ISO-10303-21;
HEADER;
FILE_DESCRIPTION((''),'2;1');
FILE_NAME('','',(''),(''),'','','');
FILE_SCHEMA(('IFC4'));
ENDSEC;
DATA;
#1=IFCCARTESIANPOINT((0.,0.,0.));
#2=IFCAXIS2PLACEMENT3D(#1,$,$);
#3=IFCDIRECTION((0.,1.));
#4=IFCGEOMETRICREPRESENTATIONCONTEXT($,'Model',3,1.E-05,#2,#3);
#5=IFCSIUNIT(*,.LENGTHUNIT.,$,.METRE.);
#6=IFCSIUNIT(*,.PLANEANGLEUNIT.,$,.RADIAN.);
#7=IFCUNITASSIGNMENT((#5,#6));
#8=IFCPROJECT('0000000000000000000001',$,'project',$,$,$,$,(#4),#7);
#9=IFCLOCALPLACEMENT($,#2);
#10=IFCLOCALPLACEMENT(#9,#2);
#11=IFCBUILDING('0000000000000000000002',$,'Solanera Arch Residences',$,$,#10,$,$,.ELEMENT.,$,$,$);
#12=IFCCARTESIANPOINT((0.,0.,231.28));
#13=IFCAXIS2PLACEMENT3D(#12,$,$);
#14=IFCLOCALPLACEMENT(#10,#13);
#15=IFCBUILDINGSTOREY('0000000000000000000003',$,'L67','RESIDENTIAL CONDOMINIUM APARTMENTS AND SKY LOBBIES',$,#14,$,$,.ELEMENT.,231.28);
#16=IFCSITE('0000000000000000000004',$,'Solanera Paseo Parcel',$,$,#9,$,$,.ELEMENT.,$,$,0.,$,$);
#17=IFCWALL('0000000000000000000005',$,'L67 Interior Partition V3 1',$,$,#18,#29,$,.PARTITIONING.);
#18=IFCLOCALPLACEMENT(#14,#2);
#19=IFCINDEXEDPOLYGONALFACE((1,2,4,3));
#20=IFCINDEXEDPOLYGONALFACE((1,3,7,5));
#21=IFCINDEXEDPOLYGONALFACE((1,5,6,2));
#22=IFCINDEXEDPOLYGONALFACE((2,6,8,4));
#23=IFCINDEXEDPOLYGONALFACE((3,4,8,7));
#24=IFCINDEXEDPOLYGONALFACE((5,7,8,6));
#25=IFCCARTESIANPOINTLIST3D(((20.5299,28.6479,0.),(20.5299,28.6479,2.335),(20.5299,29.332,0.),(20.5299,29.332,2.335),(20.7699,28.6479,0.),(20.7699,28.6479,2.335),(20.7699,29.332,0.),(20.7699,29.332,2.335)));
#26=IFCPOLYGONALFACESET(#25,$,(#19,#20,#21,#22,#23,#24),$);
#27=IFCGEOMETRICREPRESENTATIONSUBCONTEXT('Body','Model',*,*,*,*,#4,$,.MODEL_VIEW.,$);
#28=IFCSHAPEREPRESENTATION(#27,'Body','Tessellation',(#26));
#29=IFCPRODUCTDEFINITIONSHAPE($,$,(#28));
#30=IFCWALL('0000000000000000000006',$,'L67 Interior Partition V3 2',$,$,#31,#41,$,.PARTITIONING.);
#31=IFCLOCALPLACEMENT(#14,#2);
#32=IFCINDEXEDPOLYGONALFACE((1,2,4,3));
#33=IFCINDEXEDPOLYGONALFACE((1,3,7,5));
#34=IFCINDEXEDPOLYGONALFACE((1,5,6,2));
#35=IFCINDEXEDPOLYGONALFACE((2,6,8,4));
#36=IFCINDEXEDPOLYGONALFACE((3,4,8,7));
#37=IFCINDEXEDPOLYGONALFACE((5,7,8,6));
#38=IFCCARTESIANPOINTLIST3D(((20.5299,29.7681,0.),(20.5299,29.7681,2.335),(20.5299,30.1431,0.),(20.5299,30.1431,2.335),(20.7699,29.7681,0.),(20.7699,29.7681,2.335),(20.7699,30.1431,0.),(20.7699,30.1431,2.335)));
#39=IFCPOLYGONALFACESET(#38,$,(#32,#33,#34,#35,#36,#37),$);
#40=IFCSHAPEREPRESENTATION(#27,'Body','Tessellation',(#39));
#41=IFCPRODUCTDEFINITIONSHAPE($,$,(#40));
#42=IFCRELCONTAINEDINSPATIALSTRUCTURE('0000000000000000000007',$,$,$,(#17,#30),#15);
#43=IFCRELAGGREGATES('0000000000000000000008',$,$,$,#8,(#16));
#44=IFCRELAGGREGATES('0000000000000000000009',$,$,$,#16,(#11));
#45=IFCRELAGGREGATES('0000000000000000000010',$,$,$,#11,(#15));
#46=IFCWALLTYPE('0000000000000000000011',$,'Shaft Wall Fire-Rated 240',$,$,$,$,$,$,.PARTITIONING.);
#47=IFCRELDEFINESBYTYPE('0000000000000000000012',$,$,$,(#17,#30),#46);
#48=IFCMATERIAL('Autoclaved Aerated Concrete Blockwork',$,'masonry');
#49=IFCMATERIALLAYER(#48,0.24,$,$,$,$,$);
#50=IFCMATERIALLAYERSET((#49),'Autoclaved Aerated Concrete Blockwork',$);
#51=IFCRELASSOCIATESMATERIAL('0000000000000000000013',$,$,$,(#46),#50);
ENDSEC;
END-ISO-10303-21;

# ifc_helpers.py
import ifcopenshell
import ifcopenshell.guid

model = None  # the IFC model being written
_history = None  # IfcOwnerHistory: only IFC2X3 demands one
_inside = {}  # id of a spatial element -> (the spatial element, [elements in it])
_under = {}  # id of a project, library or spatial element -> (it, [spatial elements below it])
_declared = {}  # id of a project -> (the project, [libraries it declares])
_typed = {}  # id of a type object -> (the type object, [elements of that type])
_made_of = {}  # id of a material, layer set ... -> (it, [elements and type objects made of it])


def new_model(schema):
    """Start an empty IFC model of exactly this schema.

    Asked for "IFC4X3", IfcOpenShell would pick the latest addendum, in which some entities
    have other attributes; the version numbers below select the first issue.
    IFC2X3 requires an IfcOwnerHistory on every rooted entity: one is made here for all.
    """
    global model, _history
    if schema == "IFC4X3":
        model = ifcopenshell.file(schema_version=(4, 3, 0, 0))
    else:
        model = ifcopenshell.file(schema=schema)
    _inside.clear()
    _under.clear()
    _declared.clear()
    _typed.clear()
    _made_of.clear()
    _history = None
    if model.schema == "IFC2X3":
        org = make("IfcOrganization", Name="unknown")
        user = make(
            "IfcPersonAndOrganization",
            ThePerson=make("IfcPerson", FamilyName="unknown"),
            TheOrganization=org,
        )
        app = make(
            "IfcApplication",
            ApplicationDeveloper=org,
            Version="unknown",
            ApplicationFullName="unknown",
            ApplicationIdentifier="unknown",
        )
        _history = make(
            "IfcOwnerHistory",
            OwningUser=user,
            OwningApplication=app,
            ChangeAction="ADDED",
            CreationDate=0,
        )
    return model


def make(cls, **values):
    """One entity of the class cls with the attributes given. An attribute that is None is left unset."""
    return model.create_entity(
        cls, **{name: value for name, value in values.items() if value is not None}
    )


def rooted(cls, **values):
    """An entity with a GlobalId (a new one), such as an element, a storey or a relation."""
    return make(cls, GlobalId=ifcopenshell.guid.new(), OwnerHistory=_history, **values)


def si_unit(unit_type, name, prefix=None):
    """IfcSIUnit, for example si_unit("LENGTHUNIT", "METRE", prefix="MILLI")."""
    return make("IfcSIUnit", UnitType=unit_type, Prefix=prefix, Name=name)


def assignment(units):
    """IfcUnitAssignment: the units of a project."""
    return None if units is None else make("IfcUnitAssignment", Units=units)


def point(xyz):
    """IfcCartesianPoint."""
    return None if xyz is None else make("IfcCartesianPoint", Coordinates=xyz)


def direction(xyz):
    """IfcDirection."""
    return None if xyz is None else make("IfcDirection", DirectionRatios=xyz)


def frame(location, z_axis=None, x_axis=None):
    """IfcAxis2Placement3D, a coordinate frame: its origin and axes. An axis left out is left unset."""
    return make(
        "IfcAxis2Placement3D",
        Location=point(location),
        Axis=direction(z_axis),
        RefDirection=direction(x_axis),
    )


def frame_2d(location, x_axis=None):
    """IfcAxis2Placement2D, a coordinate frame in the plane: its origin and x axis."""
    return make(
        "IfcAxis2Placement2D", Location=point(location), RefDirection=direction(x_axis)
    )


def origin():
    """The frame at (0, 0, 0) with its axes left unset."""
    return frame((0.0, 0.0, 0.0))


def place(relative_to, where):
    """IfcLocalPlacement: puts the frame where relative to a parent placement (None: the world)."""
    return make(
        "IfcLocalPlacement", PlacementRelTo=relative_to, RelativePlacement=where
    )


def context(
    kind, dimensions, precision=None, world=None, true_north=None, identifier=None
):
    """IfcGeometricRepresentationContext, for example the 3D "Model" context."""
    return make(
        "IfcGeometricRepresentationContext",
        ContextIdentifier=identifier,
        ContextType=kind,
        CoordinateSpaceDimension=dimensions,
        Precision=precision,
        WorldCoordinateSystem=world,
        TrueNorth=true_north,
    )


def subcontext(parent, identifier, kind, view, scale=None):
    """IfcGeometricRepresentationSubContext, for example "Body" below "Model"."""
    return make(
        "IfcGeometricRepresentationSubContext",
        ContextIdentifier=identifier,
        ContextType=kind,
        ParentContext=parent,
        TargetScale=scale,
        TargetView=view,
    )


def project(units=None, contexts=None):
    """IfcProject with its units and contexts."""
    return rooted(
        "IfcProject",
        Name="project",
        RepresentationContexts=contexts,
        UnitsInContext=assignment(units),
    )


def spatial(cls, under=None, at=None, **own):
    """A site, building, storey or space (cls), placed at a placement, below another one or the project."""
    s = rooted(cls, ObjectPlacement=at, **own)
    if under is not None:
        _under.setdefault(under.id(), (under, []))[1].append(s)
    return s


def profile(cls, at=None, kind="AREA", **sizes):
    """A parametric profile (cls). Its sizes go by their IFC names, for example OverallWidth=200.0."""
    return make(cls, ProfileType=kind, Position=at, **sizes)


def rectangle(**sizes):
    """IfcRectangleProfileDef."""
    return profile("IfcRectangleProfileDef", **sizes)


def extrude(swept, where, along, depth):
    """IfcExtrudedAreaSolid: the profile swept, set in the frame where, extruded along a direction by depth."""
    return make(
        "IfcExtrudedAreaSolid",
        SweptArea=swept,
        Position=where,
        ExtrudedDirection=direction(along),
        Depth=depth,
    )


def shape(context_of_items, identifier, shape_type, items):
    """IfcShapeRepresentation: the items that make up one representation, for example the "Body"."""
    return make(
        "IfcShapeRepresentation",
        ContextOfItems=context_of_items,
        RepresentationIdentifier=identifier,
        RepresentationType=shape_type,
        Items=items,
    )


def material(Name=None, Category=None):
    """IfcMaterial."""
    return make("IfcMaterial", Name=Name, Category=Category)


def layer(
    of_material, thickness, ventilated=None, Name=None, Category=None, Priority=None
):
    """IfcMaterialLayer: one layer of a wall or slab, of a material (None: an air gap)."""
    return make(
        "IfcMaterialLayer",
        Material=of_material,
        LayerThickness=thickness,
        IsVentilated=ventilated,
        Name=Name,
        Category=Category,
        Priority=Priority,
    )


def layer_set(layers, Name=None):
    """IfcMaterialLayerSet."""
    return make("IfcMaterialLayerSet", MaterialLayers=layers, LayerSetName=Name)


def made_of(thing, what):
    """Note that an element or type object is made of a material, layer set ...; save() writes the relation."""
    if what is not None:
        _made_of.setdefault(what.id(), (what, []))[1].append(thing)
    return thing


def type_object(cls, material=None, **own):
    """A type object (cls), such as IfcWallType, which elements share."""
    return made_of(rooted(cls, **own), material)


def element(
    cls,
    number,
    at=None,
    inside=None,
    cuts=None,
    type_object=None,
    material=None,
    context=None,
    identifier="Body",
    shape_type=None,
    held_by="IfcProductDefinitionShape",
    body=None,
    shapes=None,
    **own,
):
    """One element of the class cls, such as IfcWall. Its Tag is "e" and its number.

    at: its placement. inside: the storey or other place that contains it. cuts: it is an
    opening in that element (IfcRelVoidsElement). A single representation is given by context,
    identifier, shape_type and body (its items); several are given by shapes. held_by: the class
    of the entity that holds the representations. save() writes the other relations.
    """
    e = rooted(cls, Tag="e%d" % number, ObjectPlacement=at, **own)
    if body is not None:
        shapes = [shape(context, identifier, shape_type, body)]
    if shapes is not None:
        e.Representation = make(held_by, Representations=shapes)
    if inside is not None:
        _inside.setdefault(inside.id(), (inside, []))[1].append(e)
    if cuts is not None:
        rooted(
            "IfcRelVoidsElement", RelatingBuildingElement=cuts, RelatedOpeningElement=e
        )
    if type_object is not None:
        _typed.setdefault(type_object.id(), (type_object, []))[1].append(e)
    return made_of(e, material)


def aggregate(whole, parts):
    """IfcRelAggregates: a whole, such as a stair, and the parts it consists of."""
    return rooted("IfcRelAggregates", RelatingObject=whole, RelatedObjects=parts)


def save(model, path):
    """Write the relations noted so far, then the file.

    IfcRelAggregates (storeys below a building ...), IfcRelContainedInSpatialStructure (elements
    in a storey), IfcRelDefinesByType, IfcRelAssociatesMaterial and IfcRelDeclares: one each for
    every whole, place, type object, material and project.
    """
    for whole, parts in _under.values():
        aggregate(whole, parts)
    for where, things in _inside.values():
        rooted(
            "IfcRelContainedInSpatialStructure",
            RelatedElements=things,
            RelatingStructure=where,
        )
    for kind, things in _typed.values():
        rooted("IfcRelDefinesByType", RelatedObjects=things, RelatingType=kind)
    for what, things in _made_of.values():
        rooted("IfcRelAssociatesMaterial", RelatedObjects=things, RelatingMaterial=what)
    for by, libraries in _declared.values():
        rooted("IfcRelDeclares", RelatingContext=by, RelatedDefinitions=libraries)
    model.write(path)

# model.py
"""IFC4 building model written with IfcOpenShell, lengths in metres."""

from ifc_helpers import new_model, si_unit, direction, frame, frame_2d, origin, place, context, subcontext, project, spatial, rectangle, extrude, material, layer, layer_set, type_object, element, save


model = new_model("IFC4")

# Units and contexts
model_context = context("Model", 3, precision=1e-05, world=origin(), true_north=direction((0.0, 1.0)))
body_context = subcontext(model_context, "Body", "Model", "MODEL_VIEW")
ifc_project = project(units=[si_unit("LENGTHUNIT", "METRE"), si_unit("PLANEANGLEUNIT", "RADIAN")], contexts=[model_context])

# Site, building, storey
site_placement = place(None, origin())
site = spatial("IfcSite", under=ifc_project, at=site_placement, Name="Solanera Paseo Parcel", CompositionType="ELEMENT", RefElevation=0.0)
building_placement = place(site_placement, origin())
building = spatial("IfcBuilding", under=site, at=building_placement, Name="Solanera Arch Residences", CompositionType="ELEMENT")
storey_placement = place(building_placement, frame((0.0, 0.0, 231.28)))
storey = spatial("IfcBuildingStorey", under=building, at=storey_placement, Name="L67", Description="RESIDENTIAL CONDOMINIUM APARTMENTS AND SKY LOBBIES", CompositionType="ELEMENT", Elevation=231.28)

# Shared definitions
ifc_material_1 = material(Name="Autoclaved Aerated Concrete Blockwork", Category="masonry")
ifc_layer_1 = layer(ifc_material_1, 0.24)
ifc_layer_set_1 = layer_set([ifc_layer_1], Name="Autoclaved Aerated Concrete Blockwork")
wall_type_1 = type_object("IfcWallType", Name="Shaft Wall Fire-Rated 240", PredefinedType="PARTITIONING", material=ifc_layer_set_1)

# Walls
wall_1_placement = place(storey_placement, frame((20.6499, 28.6479, 0.0), z_axis=(0.0, 0.0, 1.0), x_axis=(0.0, 1.0, 0.0)))
element("IfcWall", 1, at=wall_1_placement, inside=storey, type_object=wall_type_1, Name="L67 Interior Partition V3 1", PredefinedType="PARTITIONING", context=body_context, shape_type="SweptSolid", body=[
    extrude(rectangle(XDim=0.6841, YDim=0.24, at=frame_2d((0.342, 0.0))), origin(), (0.0, 0.0, 1.0), 2.335),
])
wall_2_placement = place(storey_placement, frame((20.6499, 29.7681, 0.0), z_axis=(0.0, 0.0, 1.0), x_axis=(0.0, 1.0, 0.0)))
element("IfcWall", 2, at=wall_2_placement, inside=storey, type_object=wall_type_1, Name="L67 Interior Partition V3 2", PredefinedType="PARTITIONING", context=body_context, shape_type="SweptSolid", body=[
    extrude(rectangle(XDim=0.375, YDim=0.24, at=frame_2d((0.1875, 0.0))), origin(), (0.0, 0.0, 1.0), 2.335),
])

save(model, "model.ifc")
